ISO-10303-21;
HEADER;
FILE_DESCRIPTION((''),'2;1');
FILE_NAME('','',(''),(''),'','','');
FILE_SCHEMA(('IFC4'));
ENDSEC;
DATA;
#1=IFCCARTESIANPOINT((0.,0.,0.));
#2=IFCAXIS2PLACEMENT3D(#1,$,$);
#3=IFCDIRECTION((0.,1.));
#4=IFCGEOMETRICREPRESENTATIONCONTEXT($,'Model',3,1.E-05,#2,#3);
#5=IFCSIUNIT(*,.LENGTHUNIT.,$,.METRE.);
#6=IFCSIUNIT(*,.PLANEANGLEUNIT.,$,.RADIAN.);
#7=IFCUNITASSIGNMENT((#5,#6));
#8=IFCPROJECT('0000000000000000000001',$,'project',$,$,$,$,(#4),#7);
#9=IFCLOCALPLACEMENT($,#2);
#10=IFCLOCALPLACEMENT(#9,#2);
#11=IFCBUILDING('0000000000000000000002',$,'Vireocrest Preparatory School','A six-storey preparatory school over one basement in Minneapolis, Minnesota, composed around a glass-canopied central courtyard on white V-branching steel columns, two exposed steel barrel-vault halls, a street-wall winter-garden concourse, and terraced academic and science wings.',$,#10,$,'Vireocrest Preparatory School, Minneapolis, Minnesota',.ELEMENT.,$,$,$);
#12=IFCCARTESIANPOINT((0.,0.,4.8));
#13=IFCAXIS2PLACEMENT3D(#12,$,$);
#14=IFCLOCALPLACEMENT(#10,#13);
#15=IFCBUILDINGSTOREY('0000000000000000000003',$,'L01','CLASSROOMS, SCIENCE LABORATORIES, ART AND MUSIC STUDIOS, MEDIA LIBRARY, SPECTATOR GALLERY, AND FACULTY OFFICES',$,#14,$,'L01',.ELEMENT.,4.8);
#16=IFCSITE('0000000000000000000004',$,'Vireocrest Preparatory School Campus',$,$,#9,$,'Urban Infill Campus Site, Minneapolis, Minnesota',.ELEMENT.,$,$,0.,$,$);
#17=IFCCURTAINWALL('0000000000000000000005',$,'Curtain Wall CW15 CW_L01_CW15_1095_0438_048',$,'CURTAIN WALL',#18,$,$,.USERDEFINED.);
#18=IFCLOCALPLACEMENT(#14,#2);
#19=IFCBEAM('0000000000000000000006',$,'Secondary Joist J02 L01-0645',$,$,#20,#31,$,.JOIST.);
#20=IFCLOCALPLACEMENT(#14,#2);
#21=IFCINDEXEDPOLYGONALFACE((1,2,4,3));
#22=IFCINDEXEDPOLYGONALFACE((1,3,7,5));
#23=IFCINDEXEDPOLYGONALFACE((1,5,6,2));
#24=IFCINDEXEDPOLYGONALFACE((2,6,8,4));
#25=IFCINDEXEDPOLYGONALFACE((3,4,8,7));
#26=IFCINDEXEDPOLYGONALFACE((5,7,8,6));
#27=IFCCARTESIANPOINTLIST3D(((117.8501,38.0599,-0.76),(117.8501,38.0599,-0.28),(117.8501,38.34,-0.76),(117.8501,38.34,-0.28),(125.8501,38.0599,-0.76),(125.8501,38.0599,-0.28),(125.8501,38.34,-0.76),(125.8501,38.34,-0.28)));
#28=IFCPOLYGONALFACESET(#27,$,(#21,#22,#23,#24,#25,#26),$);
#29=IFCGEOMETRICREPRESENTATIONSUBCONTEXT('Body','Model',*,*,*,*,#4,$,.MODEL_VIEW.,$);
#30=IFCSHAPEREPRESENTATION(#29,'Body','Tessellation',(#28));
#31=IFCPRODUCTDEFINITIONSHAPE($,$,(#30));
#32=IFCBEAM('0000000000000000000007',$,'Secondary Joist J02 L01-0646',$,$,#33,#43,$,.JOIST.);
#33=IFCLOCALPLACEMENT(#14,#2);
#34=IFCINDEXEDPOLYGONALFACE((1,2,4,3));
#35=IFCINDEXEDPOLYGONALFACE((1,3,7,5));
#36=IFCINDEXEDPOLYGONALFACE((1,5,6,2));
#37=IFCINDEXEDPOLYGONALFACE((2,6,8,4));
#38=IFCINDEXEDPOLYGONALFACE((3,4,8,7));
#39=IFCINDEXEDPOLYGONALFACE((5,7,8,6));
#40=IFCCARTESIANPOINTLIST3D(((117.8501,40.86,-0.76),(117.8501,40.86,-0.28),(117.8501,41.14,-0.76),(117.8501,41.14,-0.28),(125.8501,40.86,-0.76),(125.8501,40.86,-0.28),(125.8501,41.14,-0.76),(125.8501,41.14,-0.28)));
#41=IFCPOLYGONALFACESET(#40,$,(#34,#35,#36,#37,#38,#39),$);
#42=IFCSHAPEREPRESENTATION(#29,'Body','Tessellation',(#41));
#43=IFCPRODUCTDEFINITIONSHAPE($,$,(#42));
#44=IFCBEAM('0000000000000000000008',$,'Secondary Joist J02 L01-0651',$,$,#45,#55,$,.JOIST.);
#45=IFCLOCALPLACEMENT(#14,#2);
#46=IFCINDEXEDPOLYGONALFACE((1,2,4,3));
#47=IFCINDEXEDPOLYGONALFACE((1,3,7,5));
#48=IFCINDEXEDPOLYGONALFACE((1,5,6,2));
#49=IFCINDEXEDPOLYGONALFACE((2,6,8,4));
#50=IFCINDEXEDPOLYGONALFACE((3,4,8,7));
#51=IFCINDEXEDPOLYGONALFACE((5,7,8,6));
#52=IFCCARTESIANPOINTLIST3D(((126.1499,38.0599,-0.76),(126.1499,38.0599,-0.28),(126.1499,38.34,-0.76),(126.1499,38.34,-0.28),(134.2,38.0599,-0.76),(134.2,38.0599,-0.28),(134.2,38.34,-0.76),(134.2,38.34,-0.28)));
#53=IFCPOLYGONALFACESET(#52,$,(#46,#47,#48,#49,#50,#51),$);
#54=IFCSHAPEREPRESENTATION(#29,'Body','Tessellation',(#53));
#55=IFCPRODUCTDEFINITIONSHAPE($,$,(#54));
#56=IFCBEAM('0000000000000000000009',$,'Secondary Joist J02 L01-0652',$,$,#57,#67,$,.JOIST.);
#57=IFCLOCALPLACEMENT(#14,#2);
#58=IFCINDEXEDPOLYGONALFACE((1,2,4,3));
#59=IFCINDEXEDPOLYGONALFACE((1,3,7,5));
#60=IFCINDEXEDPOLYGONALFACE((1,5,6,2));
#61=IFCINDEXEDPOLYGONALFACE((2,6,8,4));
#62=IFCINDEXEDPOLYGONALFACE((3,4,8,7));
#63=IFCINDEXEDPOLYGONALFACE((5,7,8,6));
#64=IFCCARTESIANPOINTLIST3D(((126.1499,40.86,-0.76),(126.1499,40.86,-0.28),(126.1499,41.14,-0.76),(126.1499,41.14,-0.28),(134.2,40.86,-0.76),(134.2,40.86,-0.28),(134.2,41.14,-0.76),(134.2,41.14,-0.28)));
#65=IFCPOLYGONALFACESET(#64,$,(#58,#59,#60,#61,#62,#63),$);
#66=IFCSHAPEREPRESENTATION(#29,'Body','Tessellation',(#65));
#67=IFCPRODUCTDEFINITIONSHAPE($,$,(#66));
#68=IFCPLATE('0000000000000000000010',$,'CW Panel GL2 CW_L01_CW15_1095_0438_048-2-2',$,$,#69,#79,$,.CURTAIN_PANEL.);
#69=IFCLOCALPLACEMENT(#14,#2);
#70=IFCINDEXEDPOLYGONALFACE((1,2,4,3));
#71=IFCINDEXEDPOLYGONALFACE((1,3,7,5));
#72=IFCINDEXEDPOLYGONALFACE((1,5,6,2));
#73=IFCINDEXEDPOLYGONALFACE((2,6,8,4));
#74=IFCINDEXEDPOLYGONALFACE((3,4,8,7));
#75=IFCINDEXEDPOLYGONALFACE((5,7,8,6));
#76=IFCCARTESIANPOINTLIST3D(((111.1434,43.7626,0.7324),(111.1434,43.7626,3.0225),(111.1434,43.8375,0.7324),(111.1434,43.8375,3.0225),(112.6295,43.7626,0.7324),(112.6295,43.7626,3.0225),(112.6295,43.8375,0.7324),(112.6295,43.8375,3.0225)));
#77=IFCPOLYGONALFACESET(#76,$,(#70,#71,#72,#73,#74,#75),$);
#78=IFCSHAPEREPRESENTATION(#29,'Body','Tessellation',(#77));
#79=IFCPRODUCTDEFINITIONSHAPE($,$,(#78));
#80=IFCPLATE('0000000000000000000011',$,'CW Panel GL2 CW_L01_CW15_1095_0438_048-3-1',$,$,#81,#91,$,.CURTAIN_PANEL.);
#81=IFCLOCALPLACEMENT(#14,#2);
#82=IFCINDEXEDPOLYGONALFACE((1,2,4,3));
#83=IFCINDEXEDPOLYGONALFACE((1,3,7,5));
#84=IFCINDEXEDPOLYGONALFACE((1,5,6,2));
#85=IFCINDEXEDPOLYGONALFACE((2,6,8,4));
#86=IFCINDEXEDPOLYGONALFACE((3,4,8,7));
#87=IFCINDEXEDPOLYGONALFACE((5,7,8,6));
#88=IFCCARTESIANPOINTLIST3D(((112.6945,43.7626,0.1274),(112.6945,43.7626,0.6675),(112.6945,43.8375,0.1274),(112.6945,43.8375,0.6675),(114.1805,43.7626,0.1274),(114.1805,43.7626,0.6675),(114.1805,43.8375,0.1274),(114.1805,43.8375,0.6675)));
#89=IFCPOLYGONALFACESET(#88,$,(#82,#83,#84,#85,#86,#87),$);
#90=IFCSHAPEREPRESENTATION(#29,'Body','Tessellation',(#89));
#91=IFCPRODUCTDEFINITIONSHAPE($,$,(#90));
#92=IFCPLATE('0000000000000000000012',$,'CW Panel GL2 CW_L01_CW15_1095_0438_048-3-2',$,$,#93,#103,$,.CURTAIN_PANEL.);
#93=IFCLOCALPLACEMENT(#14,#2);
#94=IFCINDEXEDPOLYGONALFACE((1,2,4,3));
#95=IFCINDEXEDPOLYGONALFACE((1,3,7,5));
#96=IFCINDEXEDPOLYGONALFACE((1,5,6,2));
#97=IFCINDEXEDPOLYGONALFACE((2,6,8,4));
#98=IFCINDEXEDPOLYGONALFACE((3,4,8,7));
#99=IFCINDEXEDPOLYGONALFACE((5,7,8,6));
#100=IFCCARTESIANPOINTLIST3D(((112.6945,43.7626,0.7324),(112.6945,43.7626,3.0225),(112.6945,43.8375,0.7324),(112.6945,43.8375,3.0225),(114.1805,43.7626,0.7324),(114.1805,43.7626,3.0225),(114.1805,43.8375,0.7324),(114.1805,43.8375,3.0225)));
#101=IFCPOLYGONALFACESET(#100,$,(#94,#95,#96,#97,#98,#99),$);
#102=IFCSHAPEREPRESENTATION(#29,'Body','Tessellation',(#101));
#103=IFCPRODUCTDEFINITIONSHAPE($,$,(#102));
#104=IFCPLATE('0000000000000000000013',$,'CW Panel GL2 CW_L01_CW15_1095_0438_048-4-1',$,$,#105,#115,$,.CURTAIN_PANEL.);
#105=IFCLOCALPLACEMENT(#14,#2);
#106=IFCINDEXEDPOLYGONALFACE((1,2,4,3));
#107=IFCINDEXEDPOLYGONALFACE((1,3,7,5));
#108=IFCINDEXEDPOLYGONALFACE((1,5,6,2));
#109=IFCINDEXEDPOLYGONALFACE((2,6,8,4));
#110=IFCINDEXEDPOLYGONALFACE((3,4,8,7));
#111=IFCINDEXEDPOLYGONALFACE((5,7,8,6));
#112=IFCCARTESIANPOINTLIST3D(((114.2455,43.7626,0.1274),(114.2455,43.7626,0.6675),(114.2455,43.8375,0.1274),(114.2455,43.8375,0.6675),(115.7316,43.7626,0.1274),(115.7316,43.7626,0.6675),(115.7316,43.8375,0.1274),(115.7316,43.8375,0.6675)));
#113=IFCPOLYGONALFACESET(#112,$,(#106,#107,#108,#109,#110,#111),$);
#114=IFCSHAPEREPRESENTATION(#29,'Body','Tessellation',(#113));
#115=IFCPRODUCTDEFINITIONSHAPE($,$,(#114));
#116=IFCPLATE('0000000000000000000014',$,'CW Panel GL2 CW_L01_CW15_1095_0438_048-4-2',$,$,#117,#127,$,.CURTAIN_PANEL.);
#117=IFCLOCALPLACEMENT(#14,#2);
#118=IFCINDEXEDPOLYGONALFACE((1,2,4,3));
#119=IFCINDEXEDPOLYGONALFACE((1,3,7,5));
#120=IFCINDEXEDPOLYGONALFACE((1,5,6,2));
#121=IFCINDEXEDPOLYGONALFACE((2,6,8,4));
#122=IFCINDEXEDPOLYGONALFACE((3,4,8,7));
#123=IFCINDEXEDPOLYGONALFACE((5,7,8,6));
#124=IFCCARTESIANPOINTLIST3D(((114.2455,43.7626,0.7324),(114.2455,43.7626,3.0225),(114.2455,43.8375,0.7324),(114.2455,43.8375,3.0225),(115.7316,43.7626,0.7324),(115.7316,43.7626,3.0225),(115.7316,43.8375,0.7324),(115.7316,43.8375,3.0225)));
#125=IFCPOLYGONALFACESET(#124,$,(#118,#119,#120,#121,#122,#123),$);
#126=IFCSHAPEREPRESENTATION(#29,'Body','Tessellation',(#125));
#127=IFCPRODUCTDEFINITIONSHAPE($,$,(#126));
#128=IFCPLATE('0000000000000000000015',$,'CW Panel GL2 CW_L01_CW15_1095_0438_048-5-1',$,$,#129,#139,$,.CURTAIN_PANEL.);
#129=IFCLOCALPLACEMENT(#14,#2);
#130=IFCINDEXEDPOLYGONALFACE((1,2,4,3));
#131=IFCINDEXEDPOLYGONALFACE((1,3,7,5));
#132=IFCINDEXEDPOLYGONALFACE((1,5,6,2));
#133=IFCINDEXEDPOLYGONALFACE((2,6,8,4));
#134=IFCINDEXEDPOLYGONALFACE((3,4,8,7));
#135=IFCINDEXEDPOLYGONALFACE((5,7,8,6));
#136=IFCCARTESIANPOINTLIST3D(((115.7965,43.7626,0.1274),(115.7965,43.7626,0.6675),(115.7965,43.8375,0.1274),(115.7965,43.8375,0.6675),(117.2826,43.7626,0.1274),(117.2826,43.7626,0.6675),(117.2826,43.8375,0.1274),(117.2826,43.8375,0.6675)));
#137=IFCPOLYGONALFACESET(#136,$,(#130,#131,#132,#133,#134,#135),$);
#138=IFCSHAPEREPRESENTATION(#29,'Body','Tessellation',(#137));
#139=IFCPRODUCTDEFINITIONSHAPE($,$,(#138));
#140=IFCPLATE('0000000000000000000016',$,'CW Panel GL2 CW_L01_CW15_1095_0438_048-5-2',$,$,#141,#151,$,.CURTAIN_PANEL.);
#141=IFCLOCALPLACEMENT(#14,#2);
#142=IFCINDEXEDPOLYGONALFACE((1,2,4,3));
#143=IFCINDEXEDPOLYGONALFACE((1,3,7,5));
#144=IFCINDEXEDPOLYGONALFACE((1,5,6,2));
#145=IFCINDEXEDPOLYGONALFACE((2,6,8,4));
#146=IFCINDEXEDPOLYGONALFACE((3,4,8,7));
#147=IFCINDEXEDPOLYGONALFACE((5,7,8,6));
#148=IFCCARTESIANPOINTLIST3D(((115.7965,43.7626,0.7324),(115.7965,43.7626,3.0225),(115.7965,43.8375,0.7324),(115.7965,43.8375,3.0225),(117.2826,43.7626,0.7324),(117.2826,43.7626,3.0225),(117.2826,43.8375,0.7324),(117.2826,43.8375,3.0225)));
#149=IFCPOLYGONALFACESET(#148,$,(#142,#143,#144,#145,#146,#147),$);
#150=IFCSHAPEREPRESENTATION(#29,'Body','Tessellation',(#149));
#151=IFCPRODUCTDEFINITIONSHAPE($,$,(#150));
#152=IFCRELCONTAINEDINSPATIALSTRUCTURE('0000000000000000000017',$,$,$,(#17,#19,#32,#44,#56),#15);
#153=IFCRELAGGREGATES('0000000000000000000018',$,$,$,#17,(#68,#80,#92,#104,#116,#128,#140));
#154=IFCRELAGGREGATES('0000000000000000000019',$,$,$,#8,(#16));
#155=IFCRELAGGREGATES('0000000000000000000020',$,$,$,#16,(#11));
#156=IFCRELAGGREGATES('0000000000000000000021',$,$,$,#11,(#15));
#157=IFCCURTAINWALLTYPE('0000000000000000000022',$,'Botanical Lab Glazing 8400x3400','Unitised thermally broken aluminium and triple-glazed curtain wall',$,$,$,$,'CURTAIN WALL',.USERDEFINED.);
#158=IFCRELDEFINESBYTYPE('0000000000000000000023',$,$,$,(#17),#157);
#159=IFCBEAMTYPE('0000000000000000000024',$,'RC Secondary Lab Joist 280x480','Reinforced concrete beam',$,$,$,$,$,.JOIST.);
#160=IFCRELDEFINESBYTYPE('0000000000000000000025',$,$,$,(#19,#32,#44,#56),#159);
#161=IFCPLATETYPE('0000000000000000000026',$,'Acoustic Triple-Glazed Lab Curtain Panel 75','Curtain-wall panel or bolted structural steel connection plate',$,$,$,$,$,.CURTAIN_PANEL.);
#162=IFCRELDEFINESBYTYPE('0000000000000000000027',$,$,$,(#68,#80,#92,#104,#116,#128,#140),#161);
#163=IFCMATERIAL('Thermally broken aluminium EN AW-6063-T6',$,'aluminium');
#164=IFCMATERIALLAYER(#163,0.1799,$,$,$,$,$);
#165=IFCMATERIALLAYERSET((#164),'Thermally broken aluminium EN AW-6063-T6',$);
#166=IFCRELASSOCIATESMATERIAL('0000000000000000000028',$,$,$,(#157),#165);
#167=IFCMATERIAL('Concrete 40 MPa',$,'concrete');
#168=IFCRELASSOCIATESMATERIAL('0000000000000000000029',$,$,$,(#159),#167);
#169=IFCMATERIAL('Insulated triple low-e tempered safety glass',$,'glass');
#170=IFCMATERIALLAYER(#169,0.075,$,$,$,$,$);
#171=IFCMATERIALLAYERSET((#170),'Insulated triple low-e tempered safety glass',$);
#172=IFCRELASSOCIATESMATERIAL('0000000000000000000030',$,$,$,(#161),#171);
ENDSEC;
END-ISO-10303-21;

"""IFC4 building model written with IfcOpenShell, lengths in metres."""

from ifc_helpers import new_model, si_unit, direction, frame, origin, origin_2d, place, context, subcontext, project, spatial, rectangle, extrude, material, layer, layer_set, material_profile, profile_set, type_object, element, aggregate, save


model = new_model("IFC4")

# Units and contexts
model_context = context("Model", 3, precision=1e-05, world=origin(), true_north=direction((0.0, 1.0)))
body_context = subcontext(model_context, "Body", "Model", "MODEL_VIEW")
ifc_project = project(units=[si_unit("LENGTHUNIT", "METRE"), si_unit("PLANEANGLEUNIT", "RADIAN")], contexts=[model_context])

# Site, building, storey
site_placement = place(None, origin())
site = spatial("IfcSite", under=ifc_project, at=site_placement, Name="Vireocrest Preparatory School Campus", LongName="Urban Infill Campus Site, Minneapolis, Minnesota", CompositionType="ELEMENT", RefElevation=0.0)
building_placement = place(site_placement, origin())
building = spatial("IfcBuilding", under=site, at=building_placement, Name="Vireocrest Preparatory School", Description="A six-storey preparatory school over one basement in Minneapolis, Minnesota, composed around a glass-canopied central courtyard on white V-branching steel columns, two exposed steel barrel-vault halls, a street-wall winter-garden concourse, and terraced academic and science wings.", LongName="Vireocrest Preparatory School, Minneapolis, Minnesota", CompositionType="ELEMENT")
storey_placement = place(building_placement, frame((0.0, 0.0, 4.8)))
storey = spatial("IfcBuildingStorey", under=building, at=storey_placement, Name="L01", Description="CLASSROOMS, SCIENCE LABORATORIES, ART AND MUSIC STUDIOS, MEDIA LIBRARY, SPECTATOR GALLERY, AND FACULTY OFFICES", LongName="L01", CompositionType="ELEMENT", Elevation=4.8)

# Curtain wall
ifc_material_1 = material(Name="Thermally broken aluminium EN AW-6063-T6", Category="aluminium")
ifc_layer_1 = layer(ifc_material_1, 0.1799)
ifc_layer_set_1 = layer_set([ifc_layer_1], Name="Thermally broken aluminium EN AW-6063-T6")
curtain_wall_type = type_object("IfcCurtainWallType", Name="Botanical Lab Glazing 8400x3400", Description="Unitised thermally broken aluminium and triple-glazed curtain wall", ElementType="CURTAIN WALL", PredefinedType="USERDEFINED", material=ifc_layer_set_1)
curtain_wall_placement = place(storey_placement, origin())
curtain_wall = element("IfcCurtainWall", 1, at=curtain_wall_placement, inside=storey, type_object=curtain_wall_type, Name="Curtain Wall CW15 CW_L01_CW15_1095_0438_048", ObjectType="CURTAIN WALL", PredefinedType="USERDEFINED")

# Beams
ifc_material_2 = material(Name="Concrete 40 MPa", Category="concrete")
ifc_material_profile_1 = material_profile(ifc_material_2, rectangle(XDim=0.28, YDim=0.48, at=origin_2d()), Name="RC 280x480")
ifc_profile_set_1 = profile_set([ifc_material_profile_1], Name="Concrete 40 MPa")
beam_type_1 = type_object("IfcBeamType", Name="RC Secondary Lab Joist 280x480", Description="Reinforced concrete beam", PredefinedType="JOIST", material=ifc_profile_set_1)
for number, where, z_axis, x_axis, name in (
    (2, (117.8501, 38.2, -0.52), (1.0, 0.0, 0.0), (0.0, 1.0, 0.0), "Secondary Joist J02 L01-0645"),
    (3, (117.8501, 41.0, -0.52), (1.0, 0.0, 0.0), (0.0, 1.0, 0.0), "Secondary Joist J02 L01-0646"),
):
    element("IfcBeam", number, at=place(storey_placement, frame(where, z_axis=z_axis, x_axis=x_axis)), inside=storey, type_object=beam_type_1, Name=name, PredefinedType="JOIST", context=body_context, shape_type="SweptSolid", body=[
        extrude(rectangle(XDim=0.28, YDim=0.48, at=origin_2d()), origin(), (0.0, 0.0, 1.0), 8.0),
    ])
for number, where, z_axis, x_axis, name in (
    (4, (126.1499, 38.2, -0.52), (1.0, 0.0, 0.0), (0.0, 1.0, 0.0), "Secondary Joist J02 L01-0651"),
    (5, (126.1499, 41.0, -0.52), (1.0, 0.0, 0.0), (0.0, 1.0, 0.0), "Secondary Joist J02 L01-0652"),
):
    element("IfcBeam", number, at=place(storey_placement, frame(where, z_axis=z_axis, x_axis=x_axis)), inside=storey, type_object=beam_type_1, Name=name, PredefinedType="JOIST", context=body_context, shape_type="SweptSolid", body=[
        extrude(rectangle(XDim=0.28, YDim=0.48, at=origin_2d()), origin(), (0.0, 0.0, 1.0), 8.05),
    ])

# Plates
ifc_material_3 = material(Name="Insulated triple low-e tempered safety glass", Category="glass")
ifc_layer_2 = layer(ifc_material_3, 0.075)
ifc_layer_set_2 = layer_set([ifc_layer_2], Name="Insulated triple low-e tempered safety glass")
plate_type = type_object("IfcPlateType", Name="Acoustic Triple-Glazed Lab Curtain Panel 75", Description="Curtain-wall panel or bolted structural steel connection plate", PredefinedType="CURTAIN_PANEL", material=ifc_layer_set_2)
plate_1_placement = place(storey_placement, frame((111.8865, 43.8, 0.7324), z_axis=(0.0, 0.0, 1.0), x_axis=(1.0, 0.0, 0.0)))
plate_1 = element("IfcPlate", 6, at=plate_1_placement, type_object=plate_type, Name="CW Panel GL2 CW_L01_CW15_1095_0438_048-2-2", PredefinedType="CURTAIN_PANEL", context=body_context, shape_type="SweptSolid", body=[
    extrude(rectangle(XDim=1.4861, YDim=0.075, at=origin_2d()), origin(), (0.0, 0.0, 1.0), 2.29),
])
plate_2_placement = place(storey_placement, frame((113.4375, 43.8, 0.1274), z_axis=(0.0, 0.0, 1.0), x_axis=(1.0, 0.0, 0.0)))
plate_2 = element("IfcPlate", 7, at=plate_2_placement, type_object=plate_type, Name="CW Panel GL2 CW_L01_CW15_1095_0438_048-3-1", PredefinedType="CURTAIN_PANEL", context=body_context, shape_type="SweptSolid", body=[
    extrude(rectangle(XDim=1.4861, YDim=0.075, at=origin_2d()), origin(), (0.0, 0.0, 1.0), 0.54),
])
plate_3_placement = place(storey_placement, frame((113.4375, 43.8, 0.7324), z_axis=(0.0, 0.0, 1.0), x_axis=(1.0, 0.0, 0.0)))
plate_3 = element("IfcPlate", 8, at=plate_3_placement, type_object=plate_type, Name="CW Panel GL2 CW_L01_CW15_1095_0438_048-3-2", PredefinedType="CURTAIN_PANEL", context=body_context, shape_type="SweptSolid", body=[
    extrude(rectangle(XDim=1.4861, YDim=0.075, at=origin_2d()), origin(), (0.0, 0.0, 1.0), 2.29),
])
plate_4_placement = place(storey_placement, frame((114.9885, 43.8, 0.1274), z_axis=(0.0, 0.0, 1.0), x_axis=(1.0, 0.0, 0.0)))
plate_4 = element("IfcPlate", 9, at=plate_4_placement, type_object=plate_type, Name="CW Panel GL2 CW_L01_CW15_1095_0438_048-4-1", PredefinedType="CURTAIN_PANEL", context=body_context, shape_type="SweptSolid", body=[
    extrude(rectangle(XDim=1.4861, YDim=0.075, at=origin_2d()), origin(), (0.0, 0.0, 1.0), 0.54),
])
plate_5_placement = place(storey_placement, frame((114.9885, 43.8, 0.7324), z_axis=(0.0, 0.0, 1.0), x_axis=(1.0, 0.0, 0.0)))
plate_5 = element("IfcPlate", 10, at=plate_5_placement, type_object=plate_type, Name="CW Panel GL2 CW_L01_CW15_1095_0438_048-4-2", PredefinedType="CURTAIN_PANEL", context=body_context, shape_type="SweptSolid", body=[
    extrude(rectangle(XDim=1.4861, YDim=0.075, at=origin_2d()), origin(), (0.0, 0.0, 1.0), 2.29),
])
plate_6_placement = place(storey_placement, frame((116.5396, 43.8, 0.1274), z_axis=(0.0, 0.0, 1.0), x_axis=(1.0, 0.0, 0.0)))
plate_6 = element("IfcPlate", 11, at=plate_6_placement, type_object=plate_type, Name="CW Panel GL2 CW_L01_CW15_1095_0438_048-5-1", PredefinedType="CURTAIN_PANEL", context=body_context, shape_type="SweptSolid", body=[
    extrude(rectangle(XDim=1.4861, YDim=0.075, at=origin_2d()), origin(), (0.0, 0.0, 1.0), 0.54),
])
plate_7_placement = place(storey_placement, frame((116.5396, 43.8, 0.7324), z_axis=(0.0, 0.0, 1.0), x_axis=(1.0, 0.0, 0.0)))
plate_7 = element("IfcPlate", 12, at=plate_7_placement, type_object=plate_type, Name="CW Panel GL2 CW_L01_CW15_1095_0438_048-5-2", PredefinedType="CURTAIN_PANEL", context=body_context, shape_type="SweptSolid", body=[
    extrude(rectangle(XDim=1.4861, YDim=0.075, at=origin_2d()), origin(), (0.0, 0.0, 1.0), 2.29),
])
aggregate(curtain_wall, [plate_1, plate_2, plate_3, plate_4, plate_5, plate_6, plate_7])

save(model, "model.ifc")
